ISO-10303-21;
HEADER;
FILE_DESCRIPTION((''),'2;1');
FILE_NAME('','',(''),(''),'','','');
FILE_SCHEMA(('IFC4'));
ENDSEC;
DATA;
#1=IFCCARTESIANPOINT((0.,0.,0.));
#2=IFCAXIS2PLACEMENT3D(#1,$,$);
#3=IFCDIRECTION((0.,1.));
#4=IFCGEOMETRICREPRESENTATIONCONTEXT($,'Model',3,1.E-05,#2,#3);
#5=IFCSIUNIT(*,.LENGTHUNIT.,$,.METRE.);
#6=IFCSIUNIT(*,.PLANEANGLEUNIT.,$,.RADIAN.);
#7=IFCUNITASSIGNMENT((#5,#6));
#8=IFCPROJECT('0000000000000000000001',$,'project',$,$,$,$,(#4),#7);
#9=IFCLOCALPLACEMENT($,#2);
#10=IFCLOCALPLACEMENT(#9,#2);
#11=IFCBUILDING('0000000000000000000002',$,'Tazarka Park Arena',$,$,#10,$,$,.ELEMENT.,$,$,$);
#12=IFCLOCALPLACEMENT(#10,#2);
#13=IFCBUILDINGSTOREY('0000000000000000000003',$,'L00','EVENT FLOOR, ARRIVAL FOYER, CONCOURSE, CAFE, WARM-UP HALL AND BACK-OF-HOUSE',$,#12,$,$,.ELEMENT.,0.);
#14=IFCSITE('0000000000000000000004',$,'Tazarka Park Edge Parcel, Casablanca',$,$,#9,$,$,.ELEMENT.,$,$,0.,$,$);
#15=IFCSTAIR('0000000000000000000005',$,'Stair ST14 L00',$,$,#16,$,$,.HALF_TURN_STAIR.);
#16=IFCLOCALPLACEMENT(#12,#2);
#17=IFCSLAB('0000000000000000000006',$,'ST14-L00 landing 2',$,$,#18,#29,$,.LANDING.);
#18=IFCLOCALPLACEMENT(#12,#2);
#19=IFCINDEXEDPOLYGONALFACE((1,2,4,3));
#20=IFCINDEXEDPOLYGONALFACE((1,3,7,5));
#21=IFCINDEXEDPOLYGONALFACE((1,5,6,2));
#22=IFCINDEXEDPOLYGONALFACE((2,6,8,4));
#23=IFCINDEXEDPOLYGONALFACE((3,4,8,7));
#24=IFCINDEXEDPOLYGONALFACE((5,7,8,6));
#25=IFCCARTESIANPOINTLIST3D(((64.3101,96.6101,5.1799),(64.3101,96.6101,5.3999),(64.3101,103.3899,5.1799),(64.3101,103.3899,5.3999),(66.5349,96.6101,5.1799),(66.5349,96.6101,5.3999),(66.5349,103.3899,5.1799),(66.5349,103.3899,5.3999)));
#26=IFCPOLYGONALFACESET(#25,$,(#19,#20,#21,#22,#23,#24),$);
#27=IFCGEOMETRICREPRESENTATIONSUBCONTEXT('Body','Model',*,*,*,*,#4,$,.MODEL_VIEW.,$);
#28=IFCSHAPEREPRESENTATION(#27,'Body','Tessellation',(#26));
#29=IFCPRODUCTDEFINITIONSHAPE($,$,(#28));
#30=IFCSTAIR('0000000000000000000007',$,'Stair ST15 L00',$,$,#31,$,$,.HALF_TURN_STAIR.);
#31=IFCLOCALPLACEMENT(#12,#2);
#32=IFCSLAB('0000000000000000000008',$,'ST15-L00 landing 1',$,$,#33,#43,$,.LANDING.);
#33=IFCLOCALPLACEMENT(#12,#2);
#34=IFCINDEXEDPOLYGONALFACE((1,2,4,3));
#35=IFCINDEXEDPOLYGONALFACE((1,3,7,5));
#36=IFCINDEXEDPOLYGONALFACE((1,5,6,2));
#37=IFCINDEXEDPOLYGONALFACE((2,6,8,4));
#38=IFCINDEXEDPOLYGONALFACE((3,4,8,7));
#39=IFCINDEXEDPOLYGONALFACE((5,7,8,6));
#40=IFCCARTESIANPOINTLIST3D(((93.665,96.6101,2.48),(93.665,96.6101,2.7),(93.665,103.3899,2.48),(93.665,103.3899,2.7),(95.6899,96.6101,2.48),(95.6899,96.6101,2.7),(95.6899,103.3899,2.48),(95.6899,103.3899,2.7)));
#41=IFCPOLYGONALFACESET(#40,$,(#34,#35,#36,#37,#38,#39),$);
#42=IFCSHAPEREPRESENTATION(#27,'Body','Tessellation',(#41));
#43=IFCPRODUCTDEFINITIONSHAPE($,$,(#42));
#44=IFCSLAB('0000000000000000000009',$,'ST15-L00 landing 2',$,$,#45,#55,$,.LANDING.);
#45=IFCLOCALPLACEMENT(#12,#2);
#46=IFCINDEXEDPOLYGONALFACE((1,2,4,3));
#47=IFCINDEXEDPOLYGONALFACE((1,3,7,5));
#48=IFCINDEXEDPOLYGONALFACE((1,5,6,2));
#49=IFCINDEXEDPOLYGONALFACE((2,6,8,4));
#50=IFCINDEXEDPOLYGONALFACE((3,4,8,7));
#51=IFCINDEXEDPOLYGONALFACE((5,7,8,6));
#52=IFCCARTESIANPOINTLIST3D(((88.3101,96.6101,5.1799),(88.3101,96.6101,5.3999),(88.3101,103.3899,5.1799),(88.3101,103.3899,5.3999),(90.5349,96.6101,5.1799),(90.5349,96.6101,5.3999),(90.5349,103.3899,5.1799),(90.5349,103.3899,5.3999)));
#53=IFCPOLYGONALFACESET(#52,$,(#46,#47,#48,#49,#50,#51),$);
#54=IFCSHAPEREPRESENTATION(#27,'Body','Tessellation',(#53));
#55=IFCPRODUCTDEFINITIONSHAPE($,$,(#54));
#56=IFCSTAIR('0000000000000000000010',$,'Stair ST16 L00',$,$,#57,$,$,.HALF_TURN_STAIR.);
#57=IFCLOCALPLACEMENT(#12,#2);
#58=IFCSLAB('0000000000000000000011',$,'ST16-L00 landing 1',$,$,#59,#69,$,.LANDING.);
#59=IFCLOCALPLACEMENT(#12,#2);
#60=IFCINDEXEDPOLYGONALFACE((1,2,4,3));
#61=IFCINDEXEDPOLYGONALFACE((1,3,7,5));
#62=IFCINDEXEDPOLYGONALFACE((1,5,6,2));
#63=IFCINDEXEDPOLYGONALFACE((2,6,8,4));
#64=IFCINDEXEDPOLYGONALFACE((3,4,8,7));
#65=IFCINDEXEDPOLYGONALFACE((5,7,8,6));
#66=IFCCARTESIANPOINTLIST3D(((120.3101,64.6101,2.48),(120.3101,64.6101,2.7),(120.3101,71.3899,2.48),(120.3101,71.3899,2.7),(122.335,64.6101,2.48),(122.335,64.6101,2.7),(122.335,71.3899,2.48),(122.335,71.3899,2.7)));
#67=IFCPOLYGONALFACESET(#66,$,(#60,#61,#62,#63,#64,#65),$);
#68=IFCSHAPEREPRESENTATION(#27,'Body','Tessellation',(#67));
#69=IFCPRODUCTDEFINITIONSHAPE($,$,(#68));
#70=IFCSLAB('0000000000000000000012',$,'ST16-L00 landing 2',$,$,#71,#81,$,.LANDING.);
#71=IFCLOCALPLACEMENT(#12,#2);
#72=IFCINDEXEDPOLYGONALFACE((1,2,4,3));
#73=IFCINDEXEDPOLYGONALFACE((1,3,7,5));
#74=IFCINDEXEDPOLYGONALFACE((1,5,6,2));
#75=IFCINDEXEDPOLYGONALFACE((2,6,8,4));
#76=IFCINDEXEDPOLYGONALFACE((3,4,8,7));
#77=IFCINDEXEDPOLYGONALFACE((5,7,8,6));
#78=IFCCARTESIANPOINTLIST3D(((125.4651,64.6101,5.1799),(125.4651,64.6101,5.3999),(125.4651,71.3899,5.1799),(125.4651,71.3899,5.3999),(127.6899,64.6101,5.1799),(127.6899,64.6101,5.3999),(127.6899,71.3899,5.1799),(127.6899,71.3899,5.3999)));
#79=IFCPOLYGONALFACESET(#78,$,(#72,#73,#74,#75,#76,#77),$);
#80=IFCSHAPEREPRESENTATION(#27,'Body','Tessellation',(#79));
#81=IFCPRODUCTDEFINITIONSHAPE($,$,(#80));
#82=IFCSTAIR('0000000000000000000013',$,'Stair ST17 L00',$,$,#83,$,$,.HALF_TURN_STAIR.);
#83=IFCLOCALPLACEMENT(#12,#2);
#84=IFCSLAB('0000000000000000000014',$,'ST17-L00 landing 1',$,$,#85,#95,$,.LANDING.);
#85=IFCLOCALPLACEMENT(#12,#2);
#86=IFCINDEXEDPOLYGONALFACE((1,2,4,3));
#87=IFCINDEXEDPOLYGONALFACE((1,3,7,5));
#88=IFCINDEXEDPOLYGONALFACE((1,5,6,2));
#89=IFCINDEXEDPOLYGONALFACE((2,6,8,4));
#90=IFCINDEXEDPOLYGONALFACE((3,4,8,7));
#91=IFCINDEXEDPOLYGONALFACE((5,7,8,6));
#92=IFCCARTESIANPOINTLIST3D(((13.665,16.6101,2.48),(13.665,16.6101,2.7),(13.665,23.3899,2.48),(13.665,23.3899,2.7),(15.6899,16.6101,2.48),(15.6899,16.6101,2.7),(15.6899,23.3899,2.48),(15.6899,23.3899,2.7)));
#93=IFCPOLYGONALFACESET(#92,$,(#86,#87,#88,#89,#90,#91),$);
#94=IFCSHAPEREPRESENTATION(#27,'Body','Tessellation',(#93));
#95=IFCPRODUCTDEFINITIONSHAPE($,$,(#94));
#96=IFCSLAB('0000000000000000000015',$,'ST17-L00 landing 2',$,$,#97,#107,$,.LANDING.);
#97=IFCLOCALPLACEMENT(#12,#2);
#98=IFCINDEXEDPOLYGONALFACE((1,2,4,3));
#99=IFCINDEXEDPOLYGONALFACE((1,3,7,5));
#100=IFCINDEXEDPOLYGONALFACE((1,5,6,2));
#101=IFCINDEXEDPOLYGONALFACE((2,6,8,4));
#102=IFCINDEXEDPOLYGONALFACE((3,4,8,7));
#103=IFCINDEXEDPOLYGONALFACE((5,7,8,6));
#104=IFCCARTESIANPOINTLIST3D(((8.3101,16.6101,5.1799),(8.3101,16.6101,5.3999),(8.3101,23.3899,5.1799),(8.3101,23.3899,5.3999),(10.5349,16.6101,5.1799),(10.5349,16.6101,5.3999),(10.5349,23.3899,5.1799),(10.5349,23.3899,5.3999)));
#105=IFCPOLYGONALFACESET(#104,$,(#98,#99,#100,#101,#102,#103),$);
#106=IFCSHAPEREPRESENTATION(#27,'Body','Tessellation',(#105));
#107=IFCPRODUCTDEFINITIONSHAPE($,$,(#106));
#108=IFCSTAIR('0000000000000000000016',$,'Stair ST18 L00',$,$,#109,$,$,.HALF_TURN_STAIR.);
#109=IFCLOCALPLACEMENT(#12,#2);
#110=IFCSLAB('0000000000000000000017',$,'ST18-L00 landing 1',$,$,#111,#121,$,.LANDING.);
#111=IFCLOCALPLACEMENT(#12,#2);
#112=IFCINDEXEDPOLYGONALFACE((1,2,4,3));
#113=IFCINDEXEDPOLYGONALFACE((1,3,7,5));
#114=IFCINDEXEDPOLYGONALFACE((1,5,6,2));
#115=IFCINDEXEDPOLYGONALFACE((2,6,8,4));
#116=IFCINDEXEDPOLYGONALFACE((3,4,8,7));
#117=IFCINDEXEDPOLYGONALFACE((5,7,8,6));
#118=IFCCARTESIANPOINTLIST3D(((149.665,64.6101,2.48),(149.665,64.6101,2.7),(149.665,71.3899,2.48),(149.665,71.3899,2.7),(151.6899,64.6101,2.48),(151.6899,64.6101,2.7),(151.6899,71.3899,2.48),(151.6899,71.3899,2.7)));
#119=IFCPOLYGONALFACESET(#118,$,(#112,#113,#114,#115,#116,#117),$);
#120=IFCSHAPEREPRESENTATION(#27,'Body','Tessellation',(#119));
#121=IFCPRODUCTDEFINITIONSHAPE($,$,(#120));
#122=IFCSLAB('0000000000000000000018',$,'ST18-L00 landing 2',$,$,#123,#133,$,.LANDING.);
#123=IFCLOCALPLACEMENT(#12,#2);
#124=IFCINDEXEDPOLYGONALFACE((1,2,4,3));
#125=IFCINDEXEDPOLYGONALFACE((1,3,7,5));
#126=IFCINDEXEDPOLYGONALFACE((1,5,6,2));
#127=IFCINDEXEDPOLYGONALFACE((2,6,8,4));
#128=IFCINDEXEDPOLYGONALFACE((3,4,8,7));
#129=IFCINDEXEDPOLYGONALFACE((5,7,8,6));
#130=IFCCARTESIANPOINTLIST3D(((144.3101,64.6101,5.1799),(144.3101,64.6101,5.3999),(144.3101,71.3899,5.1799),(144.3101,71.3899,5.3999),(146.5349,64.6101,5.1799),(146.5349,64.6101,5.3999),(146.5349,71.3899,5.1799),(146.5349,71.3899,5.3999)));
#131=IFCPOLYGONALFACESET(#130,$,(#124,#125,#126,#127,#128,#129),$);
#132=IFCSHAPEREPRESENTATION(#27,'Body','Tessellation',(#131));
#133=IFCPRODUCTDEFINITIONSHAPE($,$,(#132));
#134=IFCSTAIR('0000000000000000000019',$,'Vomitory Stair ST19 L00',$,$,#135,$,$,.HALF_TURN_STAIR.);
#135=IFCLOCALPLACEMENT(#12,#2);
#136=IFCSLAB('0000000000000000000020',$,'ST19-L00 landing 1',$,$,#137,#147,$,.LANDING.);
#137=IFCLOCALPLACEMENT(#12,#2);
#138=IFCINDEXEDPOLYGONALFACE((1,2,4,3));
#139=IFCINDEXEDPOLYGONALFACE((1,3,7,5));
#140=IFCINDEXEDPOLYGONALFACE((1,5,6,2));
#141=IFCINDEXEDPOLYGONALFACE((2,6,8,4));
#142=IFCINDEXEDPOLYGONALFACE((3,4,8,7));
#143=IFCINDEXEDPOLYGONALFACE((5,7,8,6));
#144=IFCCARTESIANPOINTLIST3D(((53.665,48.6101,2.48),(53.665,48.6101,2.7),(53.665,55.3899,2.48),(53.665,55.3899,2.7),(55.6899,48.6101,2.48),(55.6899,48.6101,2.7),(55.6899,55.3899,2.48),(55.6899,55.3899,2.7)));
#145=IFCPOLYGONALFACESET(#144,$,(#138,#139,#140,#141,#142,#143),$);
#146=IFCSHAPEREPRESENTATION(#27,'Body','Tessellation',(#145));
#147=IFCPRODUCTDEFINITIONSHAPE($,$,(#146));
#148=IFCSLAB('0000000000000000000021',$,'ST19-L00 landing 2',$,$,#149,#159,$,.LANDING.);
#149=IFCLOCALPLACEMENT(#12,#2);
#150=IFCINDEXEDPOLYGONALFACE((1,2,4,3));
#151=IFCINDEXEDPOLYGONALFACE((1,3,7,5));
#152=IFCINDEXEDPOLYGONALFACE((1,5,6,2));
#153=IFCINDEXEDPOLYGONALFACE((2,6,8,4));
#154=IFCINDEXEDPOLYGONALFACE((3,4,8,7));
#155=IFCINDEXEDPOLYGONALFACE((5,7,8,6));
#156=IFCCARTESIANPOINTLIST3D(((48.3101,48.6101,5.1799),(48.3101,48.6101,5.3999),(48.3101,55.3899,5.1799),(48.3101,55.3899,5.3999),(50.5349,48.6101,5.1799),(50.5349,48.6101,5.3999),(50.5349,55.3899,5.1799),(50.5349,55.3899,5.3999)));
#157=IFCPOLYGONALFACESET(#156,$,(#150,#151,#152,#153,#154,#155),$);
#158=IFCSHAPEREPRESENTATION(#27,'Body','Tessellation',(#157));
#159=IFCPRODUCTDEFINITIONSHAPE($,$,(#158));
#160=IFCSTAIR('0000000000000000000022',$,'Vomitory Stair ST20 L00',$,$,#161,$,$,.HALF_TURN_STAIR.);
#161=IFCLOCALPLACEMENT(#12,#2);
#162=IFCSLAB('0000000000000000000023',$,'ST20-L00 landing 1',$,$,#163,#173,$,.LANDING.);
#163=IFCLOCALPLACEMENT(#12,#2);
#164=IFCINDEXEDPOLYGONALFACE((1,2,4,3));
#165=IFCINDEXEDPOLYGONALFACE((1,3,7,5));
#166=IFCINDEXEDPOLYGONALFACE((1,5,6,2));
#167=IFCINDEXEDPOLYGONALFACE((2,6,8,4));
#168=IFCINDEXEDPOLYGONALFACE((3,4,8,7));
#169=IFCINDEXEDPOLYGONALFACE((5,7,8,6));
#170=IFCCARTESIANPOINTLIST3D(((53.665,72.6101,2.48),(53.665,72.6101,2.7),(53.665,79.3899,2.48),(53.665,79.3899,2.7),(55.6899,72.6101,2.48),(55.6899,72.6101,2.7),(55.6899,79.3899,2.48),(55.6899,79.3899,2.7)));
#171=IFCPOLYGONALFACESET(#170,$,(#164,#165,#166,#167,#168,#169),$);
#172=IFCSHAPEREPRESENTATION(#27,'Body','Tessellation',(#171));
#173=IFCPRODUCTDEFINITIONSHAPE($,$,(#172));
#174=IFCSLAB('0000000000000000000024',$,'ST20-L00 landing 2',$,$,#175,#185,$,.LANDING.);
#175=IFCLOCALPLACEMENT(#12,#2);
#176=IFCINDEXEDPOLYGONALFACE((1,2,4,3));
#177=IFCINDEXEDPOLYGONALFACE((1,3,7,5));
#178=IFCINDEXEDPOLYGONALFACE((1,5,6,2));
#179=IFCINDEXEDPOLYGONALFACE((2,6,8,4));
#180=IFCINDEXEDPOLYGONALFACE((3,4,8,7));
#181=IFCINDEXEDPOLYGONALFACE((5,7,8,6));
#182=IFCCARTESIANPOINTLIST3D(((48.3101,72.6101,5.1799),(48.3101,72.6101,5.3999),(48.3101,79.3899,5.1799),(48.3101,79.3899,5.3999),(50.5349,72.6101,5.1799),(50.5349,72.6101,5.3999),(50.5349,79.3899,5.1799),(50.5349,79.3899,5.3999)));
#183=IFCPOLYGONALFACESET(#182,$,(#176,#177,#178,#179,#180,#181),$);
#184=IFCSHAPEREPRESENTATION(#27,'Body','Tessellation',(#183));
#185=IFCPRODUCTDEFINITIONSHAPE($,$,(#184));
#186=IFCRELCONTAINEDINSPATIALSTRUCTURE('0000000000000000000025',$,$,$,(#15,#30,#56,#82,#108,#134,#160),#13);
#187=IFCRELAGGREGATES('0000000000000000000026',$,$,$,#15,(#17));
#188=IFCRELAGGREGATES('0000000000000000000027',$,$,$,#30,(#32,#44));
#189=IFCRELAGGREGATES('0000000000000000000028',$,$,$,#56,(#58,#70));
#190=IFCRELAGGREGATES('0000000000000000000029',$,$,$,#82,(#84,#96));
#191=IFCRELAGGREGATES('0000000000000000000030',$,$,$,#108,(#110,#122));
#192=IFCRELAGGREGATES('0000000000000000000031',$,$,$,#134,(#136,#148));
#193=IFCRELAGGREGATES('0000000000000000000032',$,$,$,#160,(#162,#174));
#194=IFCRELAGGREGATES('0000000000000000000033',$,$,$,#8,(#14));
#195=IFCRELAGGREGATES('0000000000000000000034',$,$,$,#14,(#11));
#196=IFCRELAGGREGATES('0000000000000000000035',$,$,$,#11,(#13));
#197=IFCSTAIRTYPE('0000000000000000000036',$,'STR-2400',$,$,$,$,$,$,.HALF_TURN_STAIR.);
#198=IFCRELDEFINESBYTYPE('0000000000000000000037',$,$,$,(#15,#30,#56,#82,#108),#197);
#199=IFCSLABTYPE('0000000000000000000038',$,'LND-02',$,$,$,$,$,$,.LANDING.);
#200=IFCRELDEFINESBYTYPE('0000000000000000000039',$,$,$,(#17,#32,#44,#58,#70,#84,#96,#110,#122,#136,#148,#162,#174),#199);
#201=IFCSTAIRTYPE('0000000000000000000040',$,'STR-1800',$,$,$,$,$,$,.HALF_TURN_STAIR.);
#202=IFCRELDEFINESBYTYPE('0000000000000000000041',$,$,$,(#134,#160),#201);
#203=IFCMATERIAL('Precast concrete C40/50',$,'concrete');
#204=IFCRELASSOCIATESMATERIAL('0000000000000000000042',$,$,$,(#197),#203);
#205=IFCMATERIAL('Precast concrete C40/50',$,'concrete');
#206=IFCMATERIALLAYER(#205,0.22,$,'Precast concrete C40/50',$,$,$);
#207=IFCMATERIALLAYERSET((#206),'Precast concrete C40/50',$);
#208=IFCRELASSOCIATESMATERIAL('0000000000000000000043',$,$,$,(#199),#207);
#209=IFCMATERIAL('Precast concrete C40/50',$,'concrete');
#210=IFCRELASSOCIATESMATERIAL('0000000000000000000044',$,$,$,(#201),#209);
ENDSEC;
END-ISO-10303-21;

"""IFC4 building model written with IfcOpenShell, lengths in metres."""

from ifc_helpers import new_model, si_unit, direction, frame, origin, place, context, subcontext, project, spatial, polyline, outline, extrude, material, layer, layer_set, type_object, element, aggregate, save


model = new_model("IFC4")

# Units and contexts
model_context = context("Model", 3, precision=1e-05, world=origin(), true_north=direction((0.0, 1.0)))
body_context = subcontext(model_context, "Body", "Model", "MODEL_VIEW")
ifc_project = project(units=[si_unit("LENGTHUNIT", "METRE"), si_unit("PLANEANGLEUNIT", "RADIAN")], contexts=[model_context])

# Site, building, storey
site_placement = place(None, origin())
site = spatial("IfcSite", under=ifc_project, at=site_placement, Name="Tazarka Park Edge Parcel, Casablanca", CompositionType="ELEMENT", RefElevation=0.0)
building_placement = place(site_placement, origin())
building = spatial("IfcBuilding", under=site, at=building_placement, Name="Tazarka Park Arena", CompositionType="ELEMENT")
storey_placement = place(building_placement, origin())
storey = spatial("IfcBuildingStorey", under=building, at=storey_placement, Name="L00", Description="EVENT FLOOR, ARRIVAL FOYER, CONCOURSE, CAFE, WARM-UP HALL AND BACK-OF-HOUSE", CompositionType="ELEMENT", Elevation=0.0)

# Stairs, slabs
ifc_material_1 = material(Name="Precast concrete C40/50", Category="concrete")
stair_type_1 = type_object("IfcStairType", Name="STR-2400", PredefinedType="HALF_TURN_STAIR", material=ifc_material_1)
ifc_material_2 = material(Name="Precast concrete C40/50", Category="concrete")
ifc_layer = layer(ifc_material_2, 0.22, Name="Precast concrete C40/50")
ifc_layer_set = layer_set([ifc_layer], Name="Precast concrete C40/50")
slab_type = type_object("IfcSlabType", Name="LND-02", PredefinedType="LANDING", material=ifc_layer_set)
stair_1_placement = place(storey_placement, origin())
stair_1 = element("IfcStair", 1, at=stair_1_placement, inside=storey, type_object=stair_type_1, Name="Stair ST14 L00", PredefinedType="HALF_TURN_STAIR")
slab_1_placement = place(storey_placement, frame((0.0, 0.0, 5.1799)))
slab_1 = element("IfcSlab", 2, at=slab_1_placement, type_object=slab_type, Name="ST14-L00 landing 2", PredefinedType="LANDING", context=body_context, shape_type="SweptSolid", body=[
    extrude(outline(polyline([(64.3101, 96.6101), (66.5349, 96.6101), (66.5349, 103.3899), (64.3101, 103.3899), (64.3101, 96.6101)])), origin(), (0.0, 0.0, 1.0), 0.22),
])
aggregate(stair_1, [slab_1])
stair_2_placement = place(storey_placement, origin())
stair_2 = element("IfcStair", 3, at=stair_2_placement, inside=storey, type_object=stair_type_1, Name="Stair ST15 L00", PredefinedType="HALF_TURN_STAIR")
slab_2_placement = place(storey_placement, frame((0.0, 0.0, 2.48)))
slab_2 = element("IfcSlab", 4, at=slab_2_placement, type_object=slab_type, Name="ST15-L00 landing 1", PredefinedType="LANDING", context=body_context, shape_type="SweptSolid", body=[
    extrude(outline(polyline([(93.665, 96.6101), (95.6899, 96.6101), (95.6899, 103.3899), (93.665, 103.3899), (93.665, 96.6101)])), origin(), (0.0, 0.0, 1.0), 0.22),
])
slab_3_placement = place(storey_placement, frame((0.0, 0.0, 5.1799)))
slab_3 = element("IfcSlab", 5, at=slab_3_placement, type_object=slab_type, Name="ST15-L00 landing 2", PredefinedType="LANDING", context=body_context, shape_type="SweptSolid", body=[
    extrude(outline(polyline([(88.3101, 96.6101), (90.5349, 96.6101), (90.5349, 103.3899), (88.3101, 103.3899), (88.3101, 96.6101)])), origin(), (0.0, 0.0, 1.0), 0.22),
])
aggregate(stair_2, [slab_2, slab_3])
stair_3_placement = place(storey_placement, origin())
stair_3 = element("IfcStair", 6, at=stair_3_placement, inside=storey, type_object=stair_type_1, Name="Stair ST16 L00", PredefinedType="HALF_TURN_STAIR")
slab_4_placement = place(storey_placement, frame((0.0, 0.0, 2.48)))
slab_4 = element("IfcSlab", 7, at=slab_4_placement, type_object=slab_type, Name="ST16-L00 landing 1", PredefinedType="LANDING", context=body_context, shape_type="SweptSolid", body=[
    extrude(outline(polyline([(120.3101, 64.6101), (122.335, 64.6101), (122.335, 71.3899), (120.3101, 71.3899), (120.3101, 64.6101)])), origin(), (0.0, 0.0, 1.0), 0.22),
])
slab_5_placement = place(storey_placement, frame((0.0, 0.0, 5.1799)))
slab_5 = element("IfcSlab", 8, at=slab_5_placement, type_object=slab_type, Name="ST16-L00 landing 2", PredefinedType="LANDING", context=body_context, shape_type="SweptSolid", body=[
    extrude(outline(polyline([(125.4651, 64.6101), (127.6899, 64.6101), (127.6899, 71.3899), (125.4651, 71.3899), (125.4651, 64.6101)])), origin(), (0.0, 0.0, 1.0), 0.22),
])
aggregate(stair_3, [slab_4, slab_5])
stair_4_placement = place(storey_placement, origin())
stair_4 = element("IfcStair", 9, at=stair_4_placement, inside=storey, type_object=stair_type_1, Name="Stair ST17 L00", PredefinedType="HALF_TURN_STAIR")
slab_6_placement = place(storey_placement, frame((0.0, 0.0, 2.48)))
slab_6 = element("IfcSlab", 10, at=slab_6_placement, type_object=slab_type, Name="ST17-L00 landing 1", PredefinedType="LANDING", context=body_context, shape_type="SweptSolid", body=[
    extrude(outline(polyline([(13.665, 16.6101), (15.6899, 16.6101), (15.6899, 23.3899), (13.665, 23.3899), (13.665, 16.6101)])), origin(), (0.0, 0.0, 1.0), 0.22),
])
slab_7_placement = place(storey_placement, frame((0.0, 0.0, 5.1799)))
slab_7 = element("IfcSlab", 11, at=slab_7_placement, type_object=slab_type, Name="ST17-L00 landing 2", PredefinedType="LANDING", context=body_context, shape_type="SweptSolid", body=[
    extrude(outline(polyline([(8.3101, 16.6101), (10.5349, 16.6101), (10.5349, 23.3899), (8.3101, 23.3899), (8.3101, 16.6101)])), origin(), (0.0, 0.0, 1.0), 0.22),
])
aggregate(stair_4, [slab_6, slab_7])
stair_5_placement = place(storey_placement, origin())
stair_5 = element("IfcStair", 12, at=stair_5_placement, inside=storey, type_object=stair_type_1, Name="Stair ST18 L00", PredefinedType="HALF_TURN_STAIR")
slab_8_placement = place(storey_placement, frame((0.0, 0.0, 2.48)))
slab_8 = element("IfcSlab", 13, at=slab_8_placement, type_object=slab_type, Name="ST18-L00 landing 1", PredefinedType="LANDING", context=body_context, shape_type="SweptSolid", body=[
    extrude(outline(polyline([(149.665, 64.6101), (151.6899, 64.6101), (151.6899, 71.3899), (149.665, 71.3899), (149.665, 64.6101)])), origin(), (0.0, 0.0, 1.0), 0.22),
])
slab_9_placement = place(storey_placement, frame((0.0, 0.0, 5.1799)))
slab_9 = element("IfcSlab", 14, at=slab_9_placement, type_object=slab_type, Name="ST18-L00 landing 2", PredefinedType="LANDING", context=body_context, shape_type="SweptSolid", body=[
    extrude(outline(polyline([(144.3101, 64.6101), (146.5349, 64.6101), (146.5349, 71.3899), (144.3101, 71.3899), (144.3101, 64.6101)])), origin(), (0.0, 0.0, 1.0), 0.22),
])
aggregate(stair_5, [slab_8, slab_9])
ifc_material_3 = material(Name="Precast concrete C40/50", Category="concrete")
stair_type_2 = type_object("IfcStairType", Name="STR-1800", PredefinedType="HALF_TURN_STAIR", material=ifc_material_3)
stair_6_placement = place(storey_placement, origin())
stair_6 = element("IfcStair", 15, at=stair_6_placement, inside=storey, type_object=stair_type_2, Name="Vomitory Stair ST19 L00", PredefinedType="HALF_TURN_STAIR")
slab_10_placement = place(storey_placement, frame((0.0, 0.0, 2.48)))
slab_10 = element("IfcSlab", 16, at=slab_10_placement, type_object=slab_type, Name="ST19-L00 landing 1", PredefinedType="LANDING", context=body_context, shape_type="SweptSolid", body=[
    extrude(outline(polyline([(53.665, 48.6101), (55.6899, 48.6101), (55.6899, 55.3899), (53.665, 55.3899), (53.665, 48.6101)])), origin(), (0.0, 0.0, 1.0), 0.22),
])
slab_11_placement = place(storey_placement, frame((0.0, 0.0, 5.1799)))
slab_11 = element("IfcSlab", 17, at=slab_11_placement, type_object=slab_type, Name="ST19-L00 landing 2", PredefinedType="LANDING", context=body_context, shape_type="SweptSolid", body=[
    extrude(outline(polyline([(48.3101, 48.6101), (50.5349, 48.6101), (50.5349, 55.3899), (48.3101, 55.3899), (48.3101, 48.6101)])), origin(), (0.0, 0.0, 1.0), 0.22),
])
aggregate(stair_6, [slab_10, slab_11])
stair_7_placement = place(storey_placement, origin())
stair_7 = element("IfcStair", 18, at=stair_7_placement, inside=storey, type_object=stair_type_2, Name="Vomitory Stair ST20 L00", PredefinedType="HALF_TURN_STAIR")
slab_12_placement = place(storey_placement, frame((0.0, 0.0, 2.48)))
slab_12 = element("IfcSlab", 19, at=slab_12_placement, type_object=slab_type, Name="ST20-L00 landing 1", PredefinedType="LANDING", context=body_context, shape_type="SweptSolid", body=[
    extrude(outline(polyline([(53.665, 72.6101), (55.6899, 72.6101), (55.6899, 79.3899), (53.665, 79.3899), (53.665, 72.6101)])), origin(), (0.0, 0.0, 1.0), 0.22),
])
slab_13_placement = place(storey_placement, frame((0.0, 0.0, 5.1799)))
slab_13 = element("IfcSlab", 20, at=slab_13_placement, type_object=slab_type, Name="ST20-L00 landing 2", PredefinedType="LANDING", context=body_context, shape_type="SweptSolid", body=[
    extrude(outline(polyline([(48.3101, 72.6101), (50.5349, 72.6101), (50.5349, 79.3899), (48.3101, 79.3899), (48.3101, 72.6101)])), origin(), (0.0, 0.0, 1.0), 0.22),
])
aggregate(stair_7, [slab_12, slab_13])

save(model, "model.ifc")
